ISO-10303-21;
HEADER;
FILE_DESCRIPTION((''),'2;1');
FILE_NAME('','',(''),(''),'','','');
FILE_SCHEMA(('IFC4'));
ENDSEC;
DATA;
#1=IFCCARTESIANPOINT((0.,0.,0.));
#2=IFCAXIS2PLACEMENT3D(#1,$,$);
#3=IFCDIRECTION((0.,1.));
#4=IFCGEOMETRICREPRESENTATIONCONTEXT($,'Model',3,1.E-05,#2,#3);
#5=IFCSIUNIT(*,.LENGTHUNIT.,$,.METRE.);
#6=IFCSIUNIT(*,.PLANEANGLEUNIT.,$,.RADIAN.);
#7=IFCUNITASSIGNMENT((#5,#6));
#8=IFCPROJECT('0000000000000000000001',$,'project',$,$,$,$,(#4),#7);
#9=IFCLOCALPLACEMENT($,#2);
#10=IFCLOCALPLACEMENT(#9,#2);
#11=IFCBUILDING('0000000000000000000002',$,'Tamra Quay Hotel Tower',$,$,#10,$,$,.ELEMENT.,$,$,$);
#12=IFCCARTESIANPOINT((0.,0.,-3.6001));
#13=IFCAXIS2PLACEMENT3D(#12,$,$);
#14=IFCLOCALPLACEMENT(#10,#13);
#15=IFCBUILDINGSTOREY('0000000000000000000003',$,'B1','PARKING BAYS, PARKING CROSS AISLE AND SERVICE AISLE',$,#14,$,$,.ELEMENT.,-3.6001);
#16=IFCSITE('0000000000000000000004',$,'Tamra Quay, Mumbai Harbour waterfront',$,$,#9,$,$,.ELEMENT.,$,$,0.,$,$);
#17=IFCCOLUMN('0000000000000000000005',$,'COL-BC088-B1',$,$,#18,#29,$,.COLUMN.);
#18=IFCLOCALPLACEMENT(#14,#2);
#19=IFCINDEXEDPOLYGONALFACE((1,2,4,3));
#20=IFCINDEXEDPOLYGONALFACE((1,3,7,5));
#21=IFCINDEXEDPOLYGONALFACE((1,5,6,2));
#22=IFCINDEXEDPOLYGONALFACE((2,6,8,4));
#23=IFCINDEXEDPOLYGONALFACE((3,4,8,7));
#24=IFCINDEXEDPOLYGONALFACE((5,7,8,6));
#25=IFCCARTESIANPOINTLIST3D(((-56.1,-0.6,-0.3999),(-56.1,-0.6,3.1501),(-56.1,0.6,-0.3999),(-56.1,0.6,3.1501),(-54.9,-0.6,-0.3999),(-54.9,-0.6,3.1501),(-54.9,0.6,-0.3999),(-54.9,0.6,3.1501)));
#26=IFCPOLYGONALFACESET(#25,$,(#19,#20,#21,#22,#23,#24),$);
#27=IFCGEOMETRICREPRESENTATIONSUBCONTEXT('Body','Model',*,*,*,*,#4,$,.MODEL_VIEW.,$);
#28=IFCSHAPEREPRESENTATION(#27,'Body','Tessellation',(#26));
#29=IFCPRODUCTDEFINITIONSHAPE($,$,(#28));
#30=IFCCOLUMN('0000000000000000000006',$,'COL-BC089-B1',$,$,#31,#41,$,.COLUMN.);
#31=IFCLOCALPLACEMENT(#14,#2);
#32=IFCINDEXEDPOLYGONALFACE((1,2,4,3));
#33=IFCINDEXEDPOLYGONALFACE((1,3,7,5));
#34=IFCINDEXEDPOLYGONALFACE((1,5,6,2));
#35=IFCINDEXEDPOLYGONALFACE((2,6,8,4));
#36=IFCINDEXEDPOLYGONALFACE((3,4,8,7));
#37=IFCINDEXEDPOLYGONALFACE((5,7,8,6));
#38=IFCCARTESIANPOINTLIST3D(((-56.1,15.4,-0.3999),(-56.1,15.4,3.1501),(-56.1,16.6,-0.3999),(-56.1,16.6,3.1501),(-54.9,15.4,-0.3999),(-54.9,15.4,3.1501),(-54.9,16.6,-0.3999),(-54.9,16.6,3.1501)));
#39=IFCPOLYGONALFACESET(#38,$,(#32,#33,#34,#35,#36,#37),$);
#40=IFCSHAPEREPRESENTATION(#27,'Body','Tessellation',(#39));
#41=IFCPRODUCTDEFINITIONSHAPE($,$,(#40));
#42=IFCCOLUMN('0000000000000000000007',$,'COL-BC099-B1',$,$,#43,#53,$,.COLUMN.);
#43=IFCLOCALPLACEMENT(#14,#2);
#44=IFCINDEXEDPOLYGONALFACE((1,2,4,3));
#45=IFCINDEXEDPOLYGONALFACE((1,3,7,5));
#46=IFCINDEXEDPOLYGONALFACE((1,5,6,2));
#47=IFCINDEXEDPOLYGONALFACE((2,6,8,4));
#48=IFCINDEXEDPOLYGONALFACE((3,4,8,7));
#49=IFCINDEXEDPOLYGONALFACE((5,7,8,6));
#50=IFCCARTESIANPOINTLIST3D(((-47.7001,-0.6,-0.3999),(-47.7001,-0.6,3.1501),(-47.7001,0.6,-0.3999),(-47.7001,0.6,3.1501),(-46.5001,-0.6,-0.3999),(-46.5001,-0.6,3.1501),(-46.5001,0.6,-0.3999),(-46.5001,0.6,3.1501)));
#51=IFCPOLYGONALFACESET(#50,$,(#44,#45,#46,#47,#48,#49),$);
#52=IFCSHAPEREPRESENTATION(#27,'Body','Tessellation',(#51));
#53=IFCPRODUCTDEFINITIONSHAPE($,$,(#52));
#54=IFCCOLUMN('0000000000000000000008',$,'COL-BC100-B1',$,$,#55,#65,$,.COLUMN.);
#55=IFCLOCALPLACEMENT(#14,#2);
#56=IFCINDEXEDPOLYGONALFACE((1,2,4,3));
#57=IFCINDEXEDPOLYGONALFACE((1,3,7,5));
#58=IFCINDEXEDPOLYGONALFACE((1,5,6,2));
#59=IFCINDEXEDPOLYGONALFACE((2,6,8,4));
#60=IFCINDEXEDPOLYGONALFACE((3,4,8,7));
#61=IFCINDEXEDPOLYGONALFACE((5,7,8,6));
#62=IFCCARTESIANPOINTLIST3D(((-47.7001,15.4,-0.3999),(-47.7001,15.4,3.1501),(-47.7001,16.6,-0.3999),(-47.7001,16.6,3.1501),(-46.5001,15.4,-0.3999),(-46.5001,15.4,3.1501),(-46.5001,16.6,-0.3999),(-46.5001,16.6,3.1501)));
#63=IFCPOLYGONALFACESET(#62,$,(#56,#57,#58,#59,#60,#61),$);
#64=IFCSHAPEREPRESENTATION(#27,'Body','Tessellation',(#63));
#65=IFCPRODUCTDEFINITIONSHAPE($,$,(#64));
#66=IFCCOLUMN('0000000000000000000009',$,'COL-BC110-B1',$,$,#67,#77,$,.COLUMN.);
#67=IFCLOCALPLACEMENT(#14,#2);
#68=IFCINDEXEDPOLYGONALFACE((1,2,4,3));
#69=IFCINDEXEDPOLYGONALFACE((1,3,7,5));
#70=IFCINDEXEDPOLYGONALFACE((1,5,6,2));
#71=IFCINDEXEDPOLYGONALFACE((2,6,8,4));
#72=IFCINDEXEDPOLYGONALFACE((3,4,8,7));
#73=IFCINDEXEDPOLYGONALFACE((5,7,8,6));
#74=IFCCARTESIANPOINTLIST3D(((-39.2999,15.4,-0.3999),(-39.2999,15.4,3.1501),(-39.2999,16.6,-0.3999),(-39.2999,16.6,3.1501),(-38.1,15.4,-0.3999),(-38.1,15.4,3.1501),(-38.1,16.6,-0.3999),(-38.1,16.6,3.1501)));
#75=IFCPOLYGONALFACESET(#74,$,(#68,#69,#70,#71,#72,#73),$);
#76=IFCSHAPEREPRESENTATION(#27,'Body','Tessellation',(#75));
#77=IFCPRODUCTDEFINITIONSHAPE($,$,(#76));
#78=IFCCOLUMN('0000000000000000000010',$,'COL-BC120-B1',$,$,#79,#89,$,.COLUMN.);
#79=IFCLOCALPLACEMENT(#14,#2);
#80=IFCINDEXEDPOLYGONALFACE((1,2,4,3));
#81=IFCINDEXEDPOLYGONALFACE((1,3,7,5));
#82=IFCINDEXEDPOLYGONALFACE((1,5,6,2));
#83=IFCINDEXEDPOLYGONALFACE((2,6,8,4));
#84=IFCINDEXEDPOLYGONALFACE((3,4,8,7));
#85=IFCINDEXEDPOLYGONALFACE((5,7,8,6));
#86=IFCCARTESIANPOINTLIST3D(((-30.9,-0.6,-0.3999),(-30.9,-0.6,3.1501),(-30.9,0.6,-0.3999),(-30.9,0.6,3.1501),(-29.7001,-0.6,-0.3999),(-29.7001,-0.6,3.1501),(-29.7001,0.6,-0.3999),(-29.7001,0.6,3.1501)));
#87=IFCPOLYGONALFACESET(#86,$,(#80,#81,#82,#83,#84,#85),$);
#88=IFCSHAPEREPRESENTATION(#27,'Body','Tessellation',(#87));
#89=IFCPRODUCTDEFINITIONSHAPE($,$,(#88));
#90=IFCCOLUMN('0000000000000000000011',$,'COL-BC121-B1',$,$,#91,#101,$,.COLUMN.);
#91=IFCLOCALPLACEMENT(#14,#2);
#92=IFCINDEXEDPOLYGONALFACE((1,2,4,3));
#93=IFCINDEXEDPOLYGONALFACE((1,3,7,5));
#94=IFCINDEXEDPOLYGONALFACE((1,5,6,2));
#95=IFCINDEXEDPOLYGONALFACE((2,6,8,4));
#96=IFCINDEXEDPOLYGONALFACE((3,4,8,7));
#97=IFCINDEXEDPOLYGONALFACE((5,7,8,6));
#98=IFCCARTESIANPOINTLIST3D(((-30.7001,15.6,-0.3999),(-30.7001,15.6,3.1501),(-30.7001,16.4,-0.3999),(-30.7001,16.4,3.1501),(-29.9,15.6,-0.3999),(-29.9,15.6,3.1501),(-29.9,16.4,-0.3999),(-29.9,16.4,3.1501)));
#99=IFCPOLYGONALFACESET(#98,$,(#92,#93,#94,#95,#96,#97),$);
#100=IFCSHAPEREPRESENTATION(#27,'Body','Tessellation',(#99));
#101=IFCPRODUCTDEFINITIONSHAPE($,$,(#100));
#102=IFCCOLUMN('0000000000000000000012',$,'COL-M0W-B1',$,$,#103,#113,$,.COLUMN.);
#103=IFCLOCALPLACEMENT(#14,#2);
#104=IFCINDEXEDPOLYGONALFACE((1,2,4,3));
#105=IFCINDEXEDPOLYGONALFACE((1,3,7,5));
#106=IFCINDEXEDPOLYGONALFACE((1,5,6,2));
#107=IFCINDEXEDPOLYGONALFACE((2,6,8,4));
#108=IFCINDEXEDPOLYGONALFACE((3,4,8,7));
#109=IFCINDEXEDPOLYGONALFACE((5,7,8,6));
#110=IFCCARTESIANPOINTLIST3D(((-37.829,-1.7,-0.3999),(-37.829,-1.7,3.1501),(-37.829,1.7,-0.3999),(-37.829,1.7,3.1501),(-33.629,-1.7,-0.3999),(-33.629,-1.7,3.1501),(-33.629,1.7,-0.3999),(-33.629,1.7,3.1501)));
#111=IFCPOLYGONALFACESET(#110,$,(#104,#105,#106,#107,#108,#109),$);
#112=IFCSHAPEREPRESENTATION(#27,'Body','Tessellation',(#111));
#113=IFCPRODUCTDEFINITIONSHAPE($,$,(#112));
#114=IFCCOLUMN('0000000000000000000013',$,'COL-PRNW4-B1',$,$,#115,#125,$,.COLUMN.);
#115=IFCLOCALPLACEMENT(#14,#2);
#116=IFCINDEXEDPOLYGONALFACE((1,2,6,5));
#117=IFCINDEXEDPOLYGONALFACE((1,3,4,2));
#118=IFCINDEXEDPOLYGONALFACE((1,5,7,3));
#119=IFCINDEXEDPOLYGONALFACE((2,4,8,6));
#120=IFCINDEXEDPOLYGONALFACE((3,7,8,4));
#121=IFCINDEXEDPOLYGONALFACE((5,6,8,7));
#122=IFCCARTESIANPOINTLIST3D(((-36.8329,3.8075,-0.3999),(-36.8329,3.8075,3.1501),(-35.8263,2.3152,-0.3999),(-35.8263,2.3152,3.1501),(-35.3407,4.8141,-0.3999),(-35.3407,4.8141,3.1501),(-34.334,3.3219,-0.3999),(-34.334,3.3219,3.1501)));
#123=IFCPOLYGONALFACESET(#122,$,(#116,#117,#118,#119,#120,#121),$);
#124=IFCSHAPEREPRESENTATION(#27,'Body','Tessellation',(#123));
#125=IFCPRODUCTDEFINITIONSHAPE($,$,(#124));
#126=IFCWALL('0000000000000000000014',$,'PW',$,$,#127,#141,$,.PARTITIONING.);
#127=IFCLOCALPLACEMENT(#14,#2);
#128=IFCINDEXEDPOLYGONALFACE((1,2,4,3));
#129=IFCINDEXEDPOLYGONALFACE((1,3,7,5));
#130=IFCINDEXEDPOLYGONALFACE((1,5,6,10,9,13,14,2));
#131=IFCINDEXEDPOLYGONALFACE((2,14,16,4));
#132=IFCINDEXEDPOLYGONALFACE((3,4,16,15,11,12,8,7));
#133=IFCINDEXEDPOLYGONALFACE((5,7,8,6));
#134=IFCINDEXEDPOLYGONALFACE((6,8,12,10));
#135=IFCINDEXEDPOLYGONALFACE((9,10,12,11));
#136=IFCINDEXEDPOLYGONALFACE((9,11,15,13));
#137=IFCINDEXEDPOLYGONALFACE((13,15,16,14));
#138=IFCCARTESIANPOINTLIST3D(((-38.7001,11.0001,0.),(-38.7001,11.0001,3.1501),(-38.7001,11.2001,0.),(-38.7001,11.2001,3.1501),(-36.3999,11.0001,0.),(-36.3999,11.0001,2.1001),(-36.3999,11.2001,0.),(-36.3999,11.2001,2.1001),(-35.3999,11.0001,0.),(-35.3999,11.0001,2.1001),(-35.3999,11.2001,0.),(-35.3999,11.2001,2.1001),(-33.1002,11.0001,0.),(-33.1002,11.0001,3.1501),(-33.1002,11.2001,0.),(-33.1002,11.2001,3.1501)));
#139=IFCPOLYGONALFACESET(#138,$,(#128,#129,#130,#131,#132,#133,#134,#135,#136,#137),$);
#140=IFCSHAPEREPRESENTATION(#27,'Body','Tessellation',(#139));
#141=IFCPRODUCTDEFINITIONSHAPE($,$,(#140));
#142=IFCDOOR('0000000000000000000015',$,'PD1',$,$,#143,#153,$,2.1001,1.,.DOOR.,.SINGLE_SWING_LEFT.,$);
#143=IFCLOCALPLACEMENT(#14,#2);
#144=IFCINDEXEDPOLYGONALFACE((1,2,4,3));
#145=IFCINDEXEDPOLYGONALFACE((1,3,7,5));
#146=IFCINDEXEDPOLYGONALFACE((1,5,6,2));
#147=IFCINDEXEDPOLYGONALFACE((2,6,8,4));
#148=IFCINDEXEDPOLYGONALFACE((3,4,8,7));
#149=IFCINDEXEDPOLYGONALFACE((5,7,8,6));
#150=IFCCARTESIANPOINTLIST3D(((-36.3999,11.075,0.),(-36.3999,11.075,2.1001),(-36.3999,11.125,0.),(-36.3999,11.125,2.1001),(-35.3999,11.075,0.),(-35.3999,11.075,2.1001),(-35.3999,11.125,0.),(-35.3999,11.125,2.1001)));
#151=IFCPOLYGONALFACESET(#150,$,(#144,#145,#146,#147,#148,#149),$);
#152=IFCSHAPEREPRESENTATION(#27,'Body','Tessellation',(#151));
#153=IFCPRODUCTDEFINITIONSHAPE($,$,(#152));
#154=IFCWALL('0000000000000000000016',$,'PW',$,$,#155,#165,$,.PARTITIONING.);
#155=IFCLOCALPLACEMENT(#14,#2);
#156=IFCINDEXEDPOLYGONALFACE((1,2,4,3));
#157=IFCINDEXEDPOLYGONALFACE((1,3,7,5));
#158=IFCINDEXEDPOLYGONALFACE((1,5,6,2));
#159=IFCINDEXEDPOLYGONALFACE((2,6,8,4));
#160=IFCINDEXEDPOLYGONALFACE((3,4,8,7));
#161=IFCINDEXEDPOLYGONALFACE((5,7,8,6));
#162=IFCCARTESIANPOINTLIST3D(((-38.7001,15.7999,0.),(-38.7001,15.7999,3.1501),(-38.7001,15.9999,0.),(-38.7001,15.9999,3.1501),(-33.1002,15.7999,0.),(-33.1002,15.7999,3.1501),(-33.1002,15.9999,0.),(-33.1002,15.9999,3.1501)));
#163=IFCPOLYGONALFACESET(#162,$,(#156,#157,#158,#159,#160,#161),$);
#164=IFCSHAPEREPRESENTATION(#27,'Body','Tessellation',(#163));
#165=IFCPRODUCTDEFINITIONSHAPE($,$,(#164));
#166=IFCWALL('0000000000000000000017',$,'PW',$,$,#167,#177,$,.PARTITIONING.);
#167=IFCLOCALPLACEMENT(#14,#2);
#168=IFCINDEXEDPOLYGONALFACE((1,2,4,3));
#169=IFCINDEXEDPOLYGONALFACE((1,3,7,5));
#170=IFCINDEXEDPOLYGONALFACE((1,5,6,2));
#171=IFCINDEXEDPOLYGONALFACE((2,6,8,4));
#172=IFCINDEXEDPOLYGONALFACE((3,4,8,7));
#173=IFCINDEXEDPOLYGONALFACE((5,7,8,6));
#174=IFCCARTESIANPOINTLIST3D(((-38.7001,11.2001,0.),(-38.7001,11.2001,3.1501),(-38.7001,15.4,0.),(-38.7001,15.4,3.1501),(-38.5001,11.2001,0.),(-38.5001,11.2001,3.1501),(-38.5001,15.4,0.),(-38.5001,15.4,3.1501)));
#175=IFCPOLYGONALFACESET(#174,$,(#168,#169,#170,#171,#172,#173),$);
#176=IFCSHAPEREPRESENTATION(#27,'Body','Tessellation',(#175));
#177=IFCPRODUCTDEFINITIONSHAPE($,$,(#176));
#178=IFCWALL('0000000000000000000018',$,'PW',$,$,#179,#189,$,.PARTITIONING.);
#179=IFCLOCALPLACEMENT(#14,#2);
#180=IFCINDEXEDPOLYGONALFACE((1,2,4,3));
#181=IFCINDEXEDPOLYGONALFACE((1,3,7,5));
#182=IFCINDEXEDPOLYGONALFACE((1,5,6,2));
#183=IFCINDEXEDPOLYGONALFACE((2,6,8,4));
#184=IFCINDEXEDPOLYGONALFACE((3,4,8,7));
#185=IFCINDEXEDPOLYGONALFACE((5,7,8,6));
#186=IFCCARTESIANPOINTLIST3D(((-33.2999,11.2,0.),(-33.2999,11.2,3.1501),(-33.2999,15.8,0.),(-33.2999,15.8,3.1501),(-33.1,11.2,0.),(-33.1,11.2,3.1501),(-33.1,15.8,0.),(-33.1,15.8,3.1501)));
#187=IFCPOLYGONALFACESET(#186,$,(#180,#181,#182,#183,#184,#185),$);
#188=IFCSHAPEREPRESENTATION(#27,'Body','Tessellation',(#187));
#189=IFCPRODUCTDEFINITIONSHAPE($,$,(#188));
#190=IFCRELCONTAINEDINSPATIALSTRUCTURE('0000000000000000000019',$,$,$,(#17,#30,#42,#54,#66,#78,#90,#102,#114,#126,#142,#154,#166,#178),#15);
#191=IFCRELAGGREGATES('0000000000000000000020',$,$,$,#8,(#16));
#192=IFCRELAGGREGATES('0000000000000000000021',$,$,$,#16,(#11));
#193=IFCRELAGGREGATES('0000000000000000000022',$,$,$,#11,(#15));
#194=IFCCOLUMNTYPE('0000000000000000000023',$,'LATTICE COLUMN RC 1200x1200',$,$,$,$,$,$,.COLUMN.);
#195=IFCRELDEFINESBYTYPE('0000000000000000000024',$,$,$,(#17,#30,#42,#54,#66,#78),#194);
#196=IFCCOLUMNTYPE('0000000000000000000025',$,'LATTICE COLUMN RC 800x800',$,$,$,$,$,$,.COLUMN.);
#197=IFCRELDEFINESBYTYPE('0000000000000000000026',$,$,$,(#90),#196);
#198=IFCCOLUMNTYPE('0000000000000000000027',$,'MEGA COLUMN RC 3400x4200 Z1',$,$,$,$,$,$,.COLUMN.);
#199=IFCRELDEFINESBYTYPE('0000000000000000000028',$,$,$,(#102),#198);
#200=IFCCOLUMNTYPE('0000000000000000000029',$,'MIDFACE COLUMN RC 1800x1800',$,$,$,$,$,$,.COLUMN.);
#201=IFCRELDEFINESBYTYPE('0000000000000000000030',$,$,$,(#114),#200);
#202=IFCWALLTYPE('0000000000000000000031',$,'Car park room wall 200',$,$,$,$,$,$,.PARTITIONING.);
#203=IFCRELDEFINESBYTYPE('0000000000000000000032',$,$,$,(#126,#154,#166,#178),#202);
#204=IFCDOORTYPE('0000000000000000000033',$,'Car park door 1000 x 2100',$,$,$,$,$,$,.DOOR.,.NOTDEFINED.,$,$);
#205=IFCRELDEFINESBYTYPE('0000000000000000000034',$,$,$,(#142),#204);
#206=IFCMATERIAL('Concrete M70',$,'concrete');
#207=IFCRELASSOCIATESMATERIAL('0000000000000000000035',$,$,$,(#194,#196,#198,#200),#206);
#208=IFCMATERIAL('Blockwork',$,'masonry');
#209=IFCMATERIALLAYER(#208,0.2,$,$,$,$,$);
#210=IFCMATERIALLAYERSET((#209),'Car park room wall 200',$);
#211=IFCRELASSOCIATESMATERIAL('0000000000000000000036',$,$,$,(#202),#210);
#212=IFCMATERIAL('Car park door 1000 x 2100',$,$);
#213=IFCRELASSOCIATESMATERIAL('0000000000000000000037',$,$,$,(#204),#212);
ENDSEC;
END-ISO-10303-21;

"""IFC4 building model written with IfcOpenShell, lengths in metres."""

from ifc_helpers import new_model, si_unit, direction, frame, frame_2d, origin, origin_2d, place, context, subcontext, project, spatial, rectangle, extrude, material, layer, layer_set, material_profile, profile_set, type_object, element, fill, save


model = new_model("IFC4")

# Units and contexts
model_context = context("Model", 3, precision=1e-05, world=origin(), true_north=direction((0.0, 1.0)))
body_context = subcontext(model_context, "Body", "Model", "MODEL_VIEW")
ifc_project = project(units=[si_unit("LENGTHUNIT", "METRE"), si_unit("PLANEANGLEUNIT", "RADIAN")], contexts=[model_context])

# Site, building, storey
site_placement = place(None, origin())
site = spatial("IfcSite", under=ifc_project, at=site_placement, Name="Tamra Quay, Mumbai Harbour waterfront", CompositionType="ELEMENT", RefElevation=0.0)
building_placement = place(site_placement, origin())
building = spatial("IfcBuilding", under=site, at=building_placement, Name="Tamra Quay Hotel Tower", CompositionType="ELEMENT")
storey_placement = place(building_placement, frame((0.0, 0.0, -3.6001)))
storey = spatial("IfcBuildingStorey", under=building, at=storey_placement, Name="B1", Description="PARKING BAYS, PARKING CROSS AISLE AND SERVICE AISLE", CompositionType="ELEMENT", Elevation=-3.6001)

# Columns
ifc_material_1 = material(Name="Concrete M70", Category="concrete")
ifc_material_profile_1 = material_profile(ifc_material_1, rectangle(XDim=1.2, YDim=1.2, at=origin_2d()), Name="LATTICE COLUMN RC 1200x1200")
ifc_profile_set_1 = profile_set([ifc_material_profile_1], Name="Concrete M70")
column_type_1 = type_object("IfcColumnType", Name="LATTICE COLUMN RC 1200x1200", PredefinedType="COLUMN", material=ifc_profile_set_1)
for number, where, z_axis, x_axis, name in (
    (1, (-55.5, 0.0, -0.3999), (0.0, 0.0, 1.0), (1.0, 0.0, 0.0), "COL-BC088-B1"),
    (2, (-55.5, 16.0, -0.3999), (0.0, 0.0, 1.0), (1.0, 0.0, 0.0), "COL-BC089-B1"),
    (3, (-47.1001, 0.0, -0.3999), (0.0, 0.0, 1.0), (1.0, 0.0, 0.0), "COL-BC099-B1"),
    (4, (-47.1001, 16.0, -0.3999), (0.0, 0.0, 1.0), (1.0, 0.0, 0.0), "COL-BC100-B1"),
    (5, (-38.7, 16.0, -0.3999), (0.0, 0.0, 1.0), (1.0, 0.0, 0.0), "COL-BC110-B1"),
    (6, (-30.3, 0.0, -0.3999), (0.0, 0.0, 1.0), (1.0, 0.0, 0.0), "COL-BC120-B1"),
):
    element("IfcColumn", number, at=place(storey_placement, frame(where, z_axis=z_axis, x_axis=x_axis)), inside=storey, type_object=column_type_1, Name=name, PredefinedType="COLUMN", context=body_context, shape_type="SweptSolid", body=[
        extrude(rectangle(XDim=1.2, YDim=1.2, at=origin_2d()), origin(), (0.0, 0.0, 1.0), 3.55),
    ])
ifc_material_profile_2 = material_profile(ifc_material_1, rectangle(XDim=0.8, YDim=0.8, at=origin_2d()), Name="LATTICE COLUMN RC 800x800")
ifc_profile_set_2 = profile_set([ifc_material_profile_2], Name="Concrete M70")
column_type_2 = type_object("IfcColumnType", Name="LATTICE COLUMN RC 800x800", PredefinedType="COLUMN", material=ifc_profile_set_2)
column_1_placement = place(storey_placement, frame((-30.3, 16.0, -0.3999), z_axis=(0.0, 0.0, 1.0), x_axis=(1.0, 0.0, 0.0)))
element("IfcColumn", 7, at=column_1_placement, inside=storey, type_object=column_type_2, Name="COL-BC121-B1", PredefinedType="COLUMN", context=body_context, shape_type="SweptSolid", body=[
    extrude(rectangle(XDim=0.8, YDim=0.8, at=origin_2d()), origin(), (0.0, 0.0, 1.0), 3.55),
])
ifc_material_profile_3 = material_profile(ifc_material_1, rectangle(XDim=4.2, YDim=3.3999, at=origin_2d()), Name="MEGA COLUMN RC 3400x4200 Z1")
ifc_profile_set_3 = profile_set([ifc_material_profile_3], Name="Concrete M70")
column_type_3 = type_object("IfcColumnType", Name="MEGA COLUMN RC 3400x4200 Z1", PredefinedType="COLUMN", material=ifc_profile_set_3)
column_2_placement = place(storey_placement, frame((-35.729, 0.0, -0.3999), z_axis=(0.0, 0.0, 1.0), x_axis=(1.0, 0.0, 0.0)))
element("IfcColumn", 8, at=column_2_placement, inside=storey, type_object=column_type_3, Name="COL-M0W-B1", PredefinedType="COLUMN", context=body_context, shape_type="SweptSolid", body=[
    extrude(rectangle(XDim=4.2, YDim=3.3999, at=origin_2d()), origin(), (0.0, 0.0, 1.0), 3.55),
])
ifc_material_profile_4 = material_profile(ifc_material_1, rectangle(XDim=1.8, YDim=1.8, at=origin_2d()), Name="MIDFACE COLUMN RC 1800x1800")
ifc_profile_set_4 = profile_set([ifc_material_profile_4], Name="Concrete M70")
column_type_4 = type_object("IfcColumnType", Name="MIDFACE COLUMN RC 1800x1800", PredefinedType="COLUMN", material=ifc_profile_set_4)
column_3_placement = place(storey_placement, frame((-35.5835, 3.5647, -0.3999), z_axis=(0.0, 0.0, 1.0), x_axis=(-0.55922, 0.829019, 0.0)))
element("IfcColumn", 9, at=column_3_placement, inside=storey, type_object=column_type_4, Name="COL-PRNW4-B1", PredefinedType="COLUMN", context=body_context, shape_type="SweptSolid", body=[
    extrude(rectangle(XDim=1.8, YDim=1.8, at=origin_2d()), origin(), (0.0, 0.0, 1.0), 3.55),
])

# Wall, opening, door
ifc_material_2 = material(Name="Blockwork", Category="masonry")
ifc_layer_1 = layer(ifc_material_2, 0.2)
ifc_layer_set_1 = layer_set([ifc_layer_1], Name="Car park room wall 200")
wall_type_1 = type_object("IfcWallType", Name="Car park room wall 200", PredefinedType="PARTITIONING", material=ifc_layer_set_1)
wall_1_placement = place(storey_placement, frame((-38.7, 11.1001, 0.0), z_axis=(0.0, 0.0, 1.0), x_axis=(1.0, 0.0, 0.0)))
wall_1 = element("IfcWall", 10, at=wall_1_placement, inside=storey, type_object=wall_type_1, Name="PW", PredefinedType="PARTITIONING", context=body_context, shape_type="SweptSolid", body=[
    extrude(rectangle(XDim=5.5999, YDim=0.2, at=frame_2d((2.7998, 0.0))), origin(), (0.0, 0.0, 1.0), 3.1501),
])
opening_1_placement = place(wall_1_placement, frame((2.3, 0.0, 0.0)))
opening_1 = element("IfcOpeningElement", 11, at=opening_1_placement, cuts=wall_1, PredefinedType="OPENING", context=body_context, shape_type="SweptSolid", body=[
    extrude(rectangle(XDim=1.0, YDim=2.1001, at=frame_2d((0.5, 1.05))), frame((0.0, 0.1099, 0.0), z_axis=(0.0, -1.0, 0.0), x_axis=(1.0, 0.0, 0.0)), (0.0, 0.0, 1.0), 0.22),
])
ifc_material_3 = material(Name="Car park door 1000 x 2100")
door_type = type_object("IfcDoorType", Name="Car park door 1000 x 2100", OperationType="NOTDEFINED", PredefinedType="DOOR", material=ifc_material_3)
door_1_placement = place(opening_1_placement, origin())
door_1 = element("IfcDoor", 12, at=door_1_placement, inside=storey, type_object=door_type, Name="PD1", OperationType="SINGLE_SWING_LEFT", OverallHeight=2.1001, OverallWidth=1.0, PredefinedType="DOOR", context=body_context, shape_type="SweptSolid", body=[
    extrude(rectangle(XDim=1.0, YDim=2.1001, at=frame_2d((0.5, 1.05))), frame((0.0, 0.0249, 0.0), z_axis=(0.0, -1.0, 0.0), x_axis=(1.0, 0.0, 0.0)), (0.0, 0.0, 1.0), 0.05),
])
fill(opening_1, door_1)

# Walls
wall_2_placement = place(storey_placement, frame((-38.7, 15.8999, 0.0), z_axis=(0.0, 0.0, 1.0), x_axis=(1.0, 0.0, 0.0)))
element("IfcWall", 13, at=wall_2_placement, inside=storey, type_object=wall_type_1, Name="PW", PredefinedType="PARTITIONING", context=body_context, shape_type="SweptSolid", body=[
    extrude(rectangle(XDim=5.5999, YDim=0.2, at=frame_2d((2.7998, 0.0))), origin(), (0.0, 0.0, 1.0), 3.1501),
])
wall_3_placement = place(storey_placement, frame((-38.6001, 11.2, 0.0), z_axis=(0.0, 0.0, 1.0), x_axis=(0.0, 1.0, 0.0)))
element("IfcWall", 14, at=wall_3_placement, inside=storey, type_object=wall_type_1, Name="PW", PredefinedType="PARTITIONING", context=body_context, shape_type="SweptSolid", body=[
    extrude(rectangle(XDim=4.2, YDim=0.2, at=frame_2d((2.1001, 0.0))), origin(), (0.0, 0.0, 1.0), 3.1501),
])
wall_4_placement = place(storey_placement, frame((-33.2, 11.2, 0.0), z_axis=(0.0, 0.0, 1.0), x_axis=(0.0, 1.0, 0.0)))
element("IfcWall", 15, at=wall_4_placement, inside=storey, type_object=wall_type_1, Name="PW", PredefinedType="PARTITIONING", context=body_context, shape_type="SweptSolid", body=[
    extrude(rectangle(XDim=4.6001, YDim=0.2, at=frame_2d((2.3, 0.0))), origin(), (0.0, 0.0, 1.0), 3.1501),
])

save(model, "model.ifc")
